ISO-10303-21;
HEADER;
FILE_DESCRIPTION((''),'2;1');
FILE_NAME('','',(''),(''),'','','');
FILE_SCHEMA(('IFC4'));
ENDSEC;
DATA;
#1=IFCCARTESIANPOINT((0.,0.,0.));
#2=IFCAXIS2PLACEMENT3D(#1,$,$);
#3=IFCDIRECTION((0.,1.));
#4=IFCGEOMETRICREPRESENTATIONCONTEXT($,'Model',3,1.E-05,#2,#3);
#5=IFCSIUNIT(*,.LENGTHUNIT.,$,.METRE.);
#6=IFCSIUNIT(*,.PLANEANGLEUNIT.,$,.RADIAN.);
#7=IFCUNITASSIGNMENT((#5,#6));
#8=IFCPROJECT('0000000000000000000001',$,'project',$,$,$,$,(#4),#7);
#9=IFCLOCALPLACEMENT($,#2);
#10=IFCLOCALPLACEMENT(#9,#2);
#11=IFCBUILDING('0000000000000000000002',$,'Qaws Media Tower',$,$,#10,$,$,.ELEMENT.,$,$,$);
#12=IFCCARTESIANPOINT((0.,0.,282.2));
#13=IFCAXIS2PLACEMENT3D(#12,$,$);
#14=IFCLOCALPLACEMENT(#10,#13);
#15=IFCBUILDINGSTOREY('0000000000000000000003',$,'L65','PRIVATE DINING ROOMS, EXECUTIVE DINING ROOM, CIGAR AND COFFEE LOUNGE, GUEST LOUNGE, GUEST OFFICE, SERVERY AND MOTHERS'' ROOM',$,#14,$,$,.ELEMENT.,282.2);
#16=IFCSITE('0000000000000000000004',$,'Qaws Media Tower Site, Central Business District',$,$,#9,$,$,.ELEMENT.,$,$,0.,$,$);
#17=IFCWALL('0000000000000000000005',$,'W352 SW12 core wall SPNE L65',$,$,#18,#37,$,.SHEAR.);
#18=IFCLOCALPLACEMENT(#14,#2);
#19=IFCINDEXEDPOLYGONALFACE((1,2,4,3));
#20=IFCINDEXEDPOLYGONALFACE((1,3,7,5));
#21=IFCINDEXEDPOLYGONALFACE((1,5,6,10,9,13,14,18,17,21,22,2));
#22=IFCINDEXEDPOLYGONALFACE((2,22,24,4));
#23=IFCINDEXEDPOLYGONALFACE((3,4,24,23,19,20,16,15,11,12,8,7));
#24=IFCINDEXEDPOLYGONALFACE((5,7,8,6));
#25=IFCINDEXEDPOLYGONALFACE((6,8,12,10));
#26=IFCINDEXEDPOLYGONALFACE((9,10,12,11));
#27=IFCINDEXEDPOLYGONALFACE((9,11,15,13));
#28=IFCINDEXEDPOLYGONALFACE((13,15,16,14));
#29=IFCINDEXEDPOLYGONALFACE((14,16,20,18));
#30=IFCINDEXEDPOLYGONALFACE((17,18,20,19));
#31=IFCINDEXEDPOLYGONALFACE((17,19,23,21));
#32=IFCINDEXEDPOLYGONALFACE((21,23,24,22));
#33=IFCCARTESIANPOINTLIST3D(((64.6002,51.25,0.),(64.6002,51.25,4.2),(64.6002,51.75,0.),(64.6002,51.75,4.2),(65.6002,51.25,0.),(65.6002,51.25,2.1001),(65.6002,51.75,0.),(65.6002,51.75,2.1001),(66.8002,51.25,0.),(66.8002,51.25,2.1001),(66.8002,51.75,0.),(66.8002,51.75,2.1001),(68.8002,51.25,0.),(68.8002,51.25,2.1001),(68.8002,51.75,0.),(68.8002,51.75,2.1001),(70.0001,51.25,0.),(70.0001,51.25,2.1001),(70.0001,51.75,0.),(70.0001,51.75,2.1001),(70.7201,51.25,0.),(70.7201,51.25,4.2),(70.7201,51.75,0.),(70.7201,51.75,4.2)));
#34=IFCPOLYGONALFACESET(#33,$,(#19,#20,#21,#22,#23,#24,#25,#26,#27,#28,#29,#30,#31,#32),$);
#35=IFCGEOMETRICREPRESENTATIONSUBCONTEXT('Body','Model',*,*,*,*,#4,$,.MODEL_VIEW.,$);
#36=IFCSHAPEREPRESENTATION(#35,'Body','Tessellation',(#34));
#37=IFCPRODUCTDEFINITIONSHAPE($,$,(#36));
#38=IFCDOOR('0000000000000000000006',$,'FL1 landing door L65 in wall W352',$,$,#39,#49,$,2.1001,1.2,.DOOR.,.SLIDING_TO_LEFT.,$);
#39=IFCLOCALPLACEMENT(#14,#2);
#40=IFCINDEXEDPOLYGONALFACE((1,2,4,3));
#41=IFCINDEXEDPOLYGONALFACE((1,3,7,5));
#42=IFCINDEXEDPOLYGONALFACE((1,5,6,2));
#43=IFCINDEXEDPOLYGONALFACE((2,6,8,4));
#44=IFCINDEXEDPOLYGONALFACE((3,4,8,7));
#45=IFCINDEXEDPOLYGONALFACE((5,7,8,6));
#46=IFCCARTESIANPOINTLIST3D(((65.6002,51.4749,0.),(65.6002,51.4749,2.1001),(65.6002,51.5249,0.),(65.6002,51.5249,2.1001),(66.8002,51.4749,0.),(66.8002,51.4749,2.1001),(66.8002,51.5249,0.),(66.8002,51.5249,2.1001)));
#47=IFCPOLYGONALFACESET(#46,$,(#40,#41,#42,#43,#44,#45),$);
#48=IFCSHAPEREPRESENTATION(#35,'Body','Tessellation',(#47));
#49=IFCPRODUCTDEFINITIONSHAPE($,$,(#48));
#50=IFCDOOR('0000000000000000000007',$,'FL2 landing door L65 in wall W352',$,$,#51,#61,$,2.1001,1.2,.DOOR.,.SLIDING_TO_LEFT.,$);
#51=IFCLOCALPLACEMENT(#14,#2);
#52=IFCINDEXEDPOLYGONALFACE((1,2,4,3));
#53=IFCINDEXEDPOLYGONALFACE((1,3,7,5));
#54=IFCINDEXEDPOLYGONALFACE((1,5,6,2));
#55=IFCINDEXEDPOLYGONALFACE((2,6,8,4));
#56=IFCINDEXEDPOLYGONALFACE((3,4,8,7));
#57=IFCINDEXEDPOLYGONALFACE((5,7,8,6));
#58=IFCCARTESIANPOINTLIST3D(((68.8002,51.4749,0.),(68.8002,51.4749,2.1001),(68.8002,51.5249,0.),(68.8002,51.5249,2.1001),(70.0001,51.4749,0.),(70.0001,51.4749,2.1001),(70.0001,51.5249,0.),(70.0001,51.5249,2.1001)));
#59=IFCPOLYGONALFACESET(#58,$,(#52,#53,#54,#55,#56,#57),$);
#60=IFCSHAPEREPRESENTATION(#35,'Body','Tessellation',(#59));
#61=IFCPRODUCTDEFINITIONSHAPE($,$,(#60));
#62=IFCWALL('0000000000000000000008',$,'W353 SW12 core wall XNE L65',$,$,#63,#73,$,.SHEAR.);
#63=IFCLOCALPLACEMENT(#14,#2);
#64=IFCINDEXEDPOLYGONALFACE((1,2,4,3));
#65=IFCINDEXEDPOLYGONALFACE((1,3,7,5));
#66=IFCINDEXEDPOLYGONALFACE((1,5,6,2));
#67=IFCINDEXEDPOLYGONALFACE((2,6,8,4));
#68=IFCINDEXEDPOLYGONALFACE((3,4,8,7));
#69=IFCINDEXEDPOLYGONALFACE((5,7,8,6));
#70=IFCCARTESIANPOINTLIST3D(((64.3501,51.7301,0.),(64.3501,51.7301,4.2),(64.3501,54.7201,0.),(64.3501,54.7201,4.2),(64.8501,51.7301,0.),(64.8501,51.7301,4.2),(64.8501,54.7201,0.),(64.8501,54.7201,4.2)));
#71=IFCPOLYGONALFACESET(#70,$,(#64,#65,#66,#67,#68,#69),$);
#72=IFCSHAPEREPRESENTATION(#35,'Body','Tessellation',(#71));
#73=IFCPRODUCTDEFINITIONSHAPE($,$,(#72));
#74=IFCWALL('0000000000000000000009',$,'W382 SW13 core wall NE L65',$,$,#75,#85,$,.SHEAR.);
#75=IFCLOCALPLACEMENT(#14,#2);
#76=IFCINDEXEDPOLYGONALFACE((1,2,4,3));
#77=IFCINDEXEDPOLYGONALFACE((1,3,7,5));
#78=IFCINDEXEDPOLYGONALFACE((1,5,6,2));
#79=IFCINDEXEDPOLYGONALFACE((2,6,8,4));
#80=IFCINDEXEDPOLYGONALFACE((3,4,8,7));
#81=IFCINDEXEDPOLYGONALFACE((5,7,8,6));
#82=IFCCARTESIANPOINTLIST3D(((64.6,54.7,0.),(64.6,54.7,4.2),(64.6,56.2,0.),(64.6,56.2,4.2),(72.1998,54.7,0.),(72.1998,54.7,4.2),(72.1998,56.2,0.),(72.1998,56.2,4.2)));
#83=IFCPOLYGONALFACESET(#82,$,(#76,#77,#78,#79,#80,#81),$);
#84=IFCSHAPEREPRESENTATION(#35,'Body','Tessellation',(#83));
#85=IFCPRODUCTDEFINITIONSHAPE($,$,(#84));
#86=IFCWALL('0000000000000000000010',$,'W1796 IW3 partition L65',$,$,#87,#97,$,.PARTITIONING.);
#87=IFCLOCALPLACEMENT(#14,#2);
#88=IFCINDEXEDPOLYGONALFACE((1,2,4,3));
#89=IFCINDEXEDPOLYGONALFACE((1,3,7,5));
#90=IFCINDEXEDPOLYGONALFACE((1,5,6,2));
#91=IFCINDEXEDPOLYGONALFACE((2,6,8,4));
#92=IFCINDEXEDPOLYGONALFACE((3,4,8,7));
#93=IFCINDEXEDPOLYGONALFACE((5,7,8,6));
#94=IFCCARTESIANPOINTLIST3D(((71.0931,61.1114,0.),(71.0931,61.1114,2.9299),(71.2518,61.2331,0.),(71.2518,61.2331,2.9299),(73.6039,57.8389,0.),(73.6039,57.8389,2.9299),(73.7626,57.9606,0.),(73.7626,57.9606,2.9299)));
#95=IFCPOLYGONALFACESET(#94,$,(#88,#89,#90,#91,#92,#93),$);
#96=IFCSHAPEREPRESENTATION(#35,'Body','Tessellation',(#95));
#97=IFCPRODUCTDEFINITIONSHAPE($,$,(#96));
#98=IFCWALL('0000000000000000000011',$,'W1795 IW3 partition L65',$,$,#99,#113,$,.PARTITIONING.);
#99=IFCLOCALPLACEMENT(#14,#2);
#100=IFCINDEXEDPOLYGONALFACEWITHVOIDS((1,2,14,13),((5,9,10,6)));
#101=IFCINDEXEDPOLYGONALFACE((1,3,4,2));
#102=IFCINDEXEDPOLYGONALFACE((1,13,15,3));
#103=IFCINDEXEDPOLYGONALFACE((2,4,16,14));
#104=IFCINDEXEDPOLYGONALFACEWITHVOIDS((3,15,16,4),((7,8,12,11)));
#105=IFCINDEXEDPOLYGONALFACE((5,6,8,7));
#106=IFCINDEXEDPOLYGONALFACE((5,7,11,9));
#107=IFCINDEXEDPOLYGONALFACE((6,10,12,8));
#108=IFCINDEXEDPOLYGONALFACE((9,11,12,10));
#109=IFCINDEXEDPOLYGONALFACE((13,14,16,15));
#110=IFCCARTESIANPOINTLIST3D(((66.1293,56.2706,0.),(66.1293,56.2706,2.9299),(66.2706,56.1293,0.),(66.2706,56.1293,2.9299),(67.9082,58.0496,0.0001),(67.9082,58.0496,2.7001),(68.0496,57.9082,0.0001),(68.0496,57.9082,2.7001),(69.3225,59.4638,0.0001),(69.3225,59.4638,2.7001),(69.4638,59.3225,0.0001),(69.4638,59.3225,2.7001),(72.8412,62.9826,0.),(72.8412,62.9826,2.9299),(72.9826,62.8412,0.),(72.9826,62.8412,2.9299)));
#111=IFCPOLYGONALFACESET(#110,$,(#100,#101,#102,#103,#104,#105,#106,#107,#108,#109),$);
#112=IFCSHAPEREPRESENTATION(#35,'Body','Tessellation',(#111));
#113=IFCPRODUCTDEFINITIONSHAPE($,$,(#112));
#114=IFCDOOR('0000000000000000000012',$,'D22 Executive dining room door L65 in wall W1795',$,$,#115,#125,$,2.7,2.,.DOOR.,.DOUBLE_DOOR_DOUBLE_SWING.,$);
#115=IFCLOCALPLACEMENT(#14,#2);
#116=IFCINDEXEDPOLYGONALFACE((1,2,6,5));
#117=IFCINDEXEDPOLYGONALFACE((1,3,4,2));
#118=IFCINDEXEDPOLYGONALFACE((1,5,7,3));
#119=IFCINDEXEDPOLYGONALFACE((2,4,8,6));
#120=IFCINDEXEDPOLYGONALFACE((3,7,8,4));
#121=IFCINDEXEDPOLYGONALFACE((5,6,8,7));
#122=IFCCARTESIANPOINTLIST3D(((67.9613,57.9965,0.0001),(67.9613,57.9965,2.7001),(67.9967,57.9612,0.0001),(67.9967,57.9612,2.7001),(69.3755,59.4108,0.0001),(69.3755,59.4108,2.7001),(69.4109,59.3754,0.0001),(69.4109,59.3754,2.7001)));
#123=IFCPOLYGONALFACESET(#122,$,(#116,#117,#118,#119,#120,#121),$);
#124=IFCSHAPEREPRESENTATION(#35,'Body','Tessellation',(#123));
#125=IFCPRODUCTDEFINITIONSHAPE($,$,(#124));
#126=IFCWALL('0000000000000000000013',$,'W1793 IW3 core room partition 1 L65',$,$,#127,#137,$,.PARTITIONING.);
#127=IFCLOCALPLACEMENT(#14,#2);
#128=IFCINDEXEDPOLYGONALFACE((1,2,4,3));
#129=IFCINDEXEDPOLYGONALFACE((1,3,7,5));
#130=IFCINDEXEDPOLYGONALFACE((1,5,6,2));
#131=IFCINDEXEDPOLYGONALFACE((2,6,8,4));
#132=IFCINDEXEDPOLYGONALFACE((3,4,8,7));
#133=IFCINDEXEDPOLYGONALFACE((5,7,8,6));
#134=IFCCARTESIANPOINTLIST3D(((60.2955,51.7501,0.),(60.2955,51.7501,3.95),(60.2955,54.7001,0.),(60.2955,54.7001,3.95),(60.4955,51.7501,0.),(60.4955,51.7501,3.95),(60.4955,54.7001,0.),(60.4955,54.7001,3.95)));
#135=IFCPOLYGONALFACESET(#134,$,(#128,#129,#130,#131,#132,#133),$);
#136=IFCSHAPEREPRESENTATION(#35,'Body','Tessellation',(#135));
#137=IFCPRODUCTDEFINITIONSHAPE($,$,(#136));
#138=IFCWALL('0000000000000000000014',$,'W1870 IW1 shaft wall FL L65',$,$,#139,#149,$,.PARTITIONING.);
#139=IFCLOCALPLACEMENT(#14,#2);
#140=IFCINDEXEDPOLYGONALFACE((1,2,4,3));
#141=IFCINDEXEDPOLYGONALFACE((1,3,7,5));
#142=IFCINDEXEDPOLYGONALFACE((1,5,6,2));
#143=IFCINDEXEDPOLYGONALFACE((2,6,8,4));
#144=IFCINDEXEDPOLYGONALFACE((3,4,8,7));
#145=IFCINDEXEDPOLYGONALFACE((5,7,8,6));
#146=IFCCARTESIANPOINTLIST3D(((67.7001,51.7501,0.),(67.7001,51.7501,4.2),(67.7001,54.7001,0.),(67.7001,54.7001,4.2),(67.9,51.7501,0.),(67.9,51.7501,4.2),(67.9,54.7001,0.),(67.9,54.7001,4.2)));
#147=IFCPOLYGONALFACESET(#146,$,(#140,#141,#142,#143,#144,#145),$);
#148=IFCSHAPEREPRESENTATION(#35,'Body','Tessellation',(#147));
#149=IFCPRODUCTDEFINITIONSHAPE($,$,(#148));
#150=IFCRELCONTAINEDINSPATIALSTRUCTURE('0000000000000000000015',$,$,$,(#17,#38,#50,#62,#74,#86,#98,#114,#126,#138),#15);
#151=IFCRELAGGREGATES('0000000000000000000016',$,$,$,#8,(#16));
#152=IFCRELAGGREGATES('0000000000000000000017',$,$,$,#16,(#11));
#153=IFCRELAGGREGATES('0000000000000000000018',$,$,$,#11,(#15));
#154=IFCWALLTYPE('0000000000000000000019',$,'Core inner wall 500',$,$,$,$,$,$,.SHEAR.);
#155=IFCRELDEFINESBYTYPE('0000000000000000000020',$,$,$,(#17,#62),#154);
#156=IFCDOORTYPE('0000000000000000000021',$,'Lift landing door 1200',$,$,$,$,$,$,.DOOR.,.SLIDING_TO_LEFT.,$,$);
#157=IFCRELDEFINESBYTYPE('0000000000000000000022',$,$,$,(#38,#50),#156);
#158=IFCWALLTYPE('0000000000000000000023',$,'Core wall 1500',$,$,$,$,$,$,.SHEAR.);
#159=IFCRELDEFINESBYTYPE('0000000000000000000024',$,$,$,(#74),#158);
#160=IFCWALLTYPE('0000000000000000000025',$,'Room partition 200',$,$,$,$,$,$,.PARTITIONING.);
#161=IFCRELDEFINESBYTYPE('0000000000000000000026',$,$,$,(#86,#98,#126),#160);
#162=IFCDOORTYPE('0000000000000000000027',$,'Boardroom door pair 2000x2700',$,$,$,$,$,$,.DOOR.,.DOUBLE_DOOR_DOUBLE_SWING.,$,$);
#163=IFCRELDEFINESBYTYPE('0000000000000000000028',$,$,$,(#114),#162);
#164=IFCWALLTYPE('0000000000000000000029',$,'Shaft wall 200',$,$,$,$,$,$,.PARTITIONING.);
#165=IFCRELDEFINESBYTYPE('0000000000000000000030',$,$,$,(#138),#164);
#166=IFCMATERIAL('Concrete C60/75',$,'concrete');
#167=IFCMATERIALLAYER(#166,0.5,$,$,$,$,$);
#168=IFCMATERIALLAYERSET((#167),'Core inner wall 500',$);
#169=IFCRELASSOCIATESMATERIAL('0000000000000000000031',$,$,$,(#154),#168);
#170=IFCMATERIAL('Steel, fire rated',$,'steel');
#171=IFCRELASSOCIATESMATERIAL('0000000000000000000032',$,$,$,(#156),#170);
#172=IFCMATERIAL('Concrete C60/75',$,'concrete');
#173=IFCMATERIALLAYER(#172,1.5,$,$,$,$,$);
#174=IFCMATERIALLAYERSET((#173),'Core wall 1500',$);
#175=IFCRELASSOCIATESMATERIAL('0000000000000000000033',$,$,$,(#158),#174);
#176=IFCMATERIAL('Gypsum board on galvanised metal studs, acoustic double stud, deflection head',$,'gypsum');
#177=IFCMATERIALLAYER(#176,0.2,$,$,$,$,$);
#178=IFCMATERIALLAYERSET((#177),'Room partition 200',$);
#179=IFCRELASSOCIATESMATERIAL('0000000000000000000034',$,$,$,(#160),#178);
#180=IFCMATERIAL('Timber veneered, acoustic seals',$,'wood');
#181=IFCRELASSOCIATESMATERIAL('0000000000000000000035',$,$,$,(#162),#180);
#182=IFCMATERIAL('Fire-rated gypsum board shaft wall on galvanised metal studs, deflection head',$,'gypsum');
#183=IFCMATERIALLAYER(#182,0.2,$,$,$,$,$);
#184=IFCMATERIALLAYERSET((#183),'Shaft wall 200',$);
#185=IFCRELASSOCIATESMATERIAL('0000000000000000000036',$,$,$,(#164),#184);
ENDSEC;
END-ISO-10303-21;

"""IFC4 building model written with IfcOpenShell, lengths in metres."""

from ifc_helpers import new_model, si_unit, direction, frame, frame_2d, origin, place, context, subcontext, project, spatial, rectangle, extrude, material, layer, layer_set, type_object, element, fill, save


model = new_model("IFC4")

# Units and contexts
model_context = context("Model", 3, precision=1e-05, world=origin(), true_north=direction((0.0, 1.0)))
body_context = subcontext(model_context, "Body", "Model", "MODEL_VIEW")
ifc_project = project(units=[si_unit("LENGTHUNIT", "METRE"), si_unit("PLANEANGLEUNIT", "RADIAN")], contexts=[model_context])

# Site, building, storey
site_placement = place(None, origin())
site = spatial("IfcSite", under=ifc_project, at=site_placement, Name="Qaws Media Tower Site, Central Business District", CompositionType="ELEMENT", RefElevation=0.0)
building_placement = place(site_placement, origin())
building = spatial("IfcBuilding", under=site, at=building_placement, Name="Qaws Media Tower", CompositionType="ELEMENT")
storey_placement = place(building_placement, frame((0.0, 0.0, 282.2)))
storey = spatial("IfcBuildingStorey", under=building, at=storey_placement, Name="L65", Description="PRIVATE DINING ROOMS, EXECUTIVE DINING ROOM, CIGAR AND COFFEE LOUNGE, GUEST LOUNGE, GUEST OFFICE, SERVERY AND MOTHERS' ROOM", CompositionType="ELEMENT", Elevation=282.2)

# Wall, openings, doors
ifc_material_1 = material(Name="Concrete C60/75", Category="concrete")
ifc_layer_1 = layer(ifc_material_1, 0.5)
ifc_layer_set_1 = layer_set([ifc_layer_1], Name="Core inner wall 500")
wall_type_1 = type_object("IfcWallType", Name="Core inner wall 500", PredefinedType="SHEAR", material=ifc_layer_set_1)
wall_1_placement = place(storey_placement, frame((64.6001, 51.5, 0.0), z_axis=(0.0, 0.0, 1.0), x_axis=(1.0, 0.0, 0.0)))
wall_1 = element("IfcWall", 1, at=wall_1_placement, inside=storey, type_object=wall_type_1, Name="W352 SW12 core wall SPNE L65", PredefinedType="SHEAR", context=body_context, shape_type="SweptSolid", body=[
    extrude(rectangle(XDim=6.1199, YDim=0.5, at=frame_2d((3.0601, 0.0))), origin(), (0.0, 0.0, 1.0), 4.2),
])
opening_1_placement = place(wall_1_placement, frame((1.0, 0.0, 0.0)))
opening_1 = element("IfcOpeningElement", 2, at=opening_1_placement, cuts=wall_1, PredefinedType="OPENING", context=body_context, shape_type="SweptSolid", body=[
    extrude(rectangle(XDim=1.2, YDim=2.1001, at=frame_2d((0.6001, 1.05))), frame((0.0, 0.26, 0.0), z_axis=(0.0, -1.0, 0.0), x_axis=(1.0, 0.0, 0.0)), (0.0, 0.0, 1.0), 0.52),
])
opening_2_placement = place(wall_1_placement, frame((4.2, 0.0, 0.0)))
opening_2 = element("IfcOpeningElement", 3, at=opening_2_placement, cuts=wall_1, PredefinedType="OPENING", context=body_context, shape_type="SweptSolid", body=[
    extrude(rectangle(XDim=1.2, YDim=2.1001, at=frame_2d((0.6001, 1.05))), frame((0.0, 0.26, 0.0), z_axis=(0.0, -1.0, 0.0), x_axis=(1.0, 0.0, 0.0)), (0.0, 0.0, 1.0), 0.52),
])
ifc_material_2 = material(Name="Steel, fire rated", Category="steel")
door_type_1 = type_object("IfcDoorType", Name="Lift landing door 1200", OperationType="SLIDING_TO_LEFT", PredefinedType="DOOR", material=ifc_material_2)
door_1_placement = place(opening_1_placement, origin())
door_1 = element("IfcDoor", 4, at=door_1_placement, inside=storey, type_object=door_type_1, Name="FL1 landing door L65 in wall W352", OperationType="SLIDING_TO_LEFT", OverallHeight=2.1001, OverallWidth=1.2, PredefinedType="DOOR", context=body_context, shape_type="SweptSolid", body=[
    extrude(rectangle(XDim=1.2, YDim=2.1001, at=frame_2d((0.6001, 1.05))), frame((0.0, 0.0249, 0.0), z_axis=(0.0, -1.0, 0.0), x_axis=(1.0, 0.0, 0.0)), (0.0, 0.0, 1.0), 0.05),
])
fill(opening_1, door_1)
door_2_placement = place(opening_2_placement, origin())
door_2 = element("IfcDoor", 5, at=door_2_placement, inside=storey, type_object=door_type_1, Name="FL2 landing door L65 in wall W352", OperationType="SLIDING_TO_LEFT", OverallHeight=2.1001, OverallWidth=1.2, PredefinedType="DOOR", context=body_context, shape_type="SweptSolid", body=[
    extrude(rectangle(XDim=1.2, YDim=2.1001, at=frame_2d((0.6001, 1.05))), frame((0.0, 0.0249, 0.0), z_axis=(0.0, -1.0, 0.0), x_axis=(1.0, 0.0, 0.0)), (0.0, 0.0, 1.0), 0.05),
])
fill(opening_2, door_2)

# Walls
wall_2_placement = place(storey_placement, frame((64.6001, 51.73, 0.0), z_axis=(0.0, 0.0, 1.0), x_axis=(0.0, 1.0, 0.0)))
element("IfcWall", 6, at=wall_2_placement, inside=storey, type_object=wall_type_1, Name="W353 SW12 core wall XNE L65", PredefinedType="SHEAR", context=body_context, shape_type="SweptSolid", body=[
    extrude(rectangle(XDim=2.99, YDim=0.5, at=frame_2d((1.4951, 0.0))), origin(), (0.0, 0.0, 1.0), 4.2),
])
ifc_material_3 = material(Name="Concrete C60/75", Category="concrete")
ifc_layer_2 = layer(ifc_material_3, 1.5)
ifc_layer_set_2 = layer_set([ifc_layer_2], Name="Core wall 1500")
wall_type_2 = type_object("IfcWallType", Name="Core wall 1500", PredefinedType="SHEAR", material=ifc_layer_set_2)
wall_3_placement = place(storey_placement, frame((64.6001, 55.45, 0.0), z_axis=(0.0, 0.0, 1.0), x_axis=(1.0, 0.0, 0.0)))
element("IfcWall", 7, at=wall_3_placement, inside=storey, type_object=wall_type_2, Name="W382 SW13 core wall NE L65", PredefinedType="SHEAR", context=body_context, shape_type="SweptSolid", body=[
    extrude(rectangle(XDim=7.5999, YDim=1.5, at=frame_2d((3.7998, 0.0))), origin(), (0.0, 0.0, 1.0), 4.2),
])
ifc_material_4 = material(Name="Gypsum board on galvanised metal studs, acoustic double stud, deflection head", Category="gypsum")
ifc_layer_3 = layer(ifc_material_4, 0.2)
ifc_layer_set_3 = layer_set([ifc_layer_3], Name="Room partition 200")
wall_type_3 = type_object("IfcWallType", Name="Room partition 200", PredefinedType="PARTITIONING", material=ifc_layer_set_3)
wall_4_placement = place(storey_placement, frame((71.1724, 61.1724, 0.0), z_axis=(0.0, 0.0, 1.0), x_axis=(0.608715, -0.793389, 0.0)))
element("IfcWall", 8, at=wall_4_placement, inside=storey, type_object=wall_type_3, Name="W1796 IW3 partition L65", PredefinedType="PARTITIONING", context=body_context, shape_type="SweptSolid", body=[
    extrude(rectangle(XDim=4.1248, YDim=0.2, at=frame_2d((2.0625, 0.0))), origin(), (0.0, 0.0, 1.0), 2.9299),
])

# Wall, opening, door
wall_5_placement = place(storey_placement, frame((66.2, 56.2, 0.0), z_axis=(0.0, 0.0, 1.0), x_axis=(0.707107, 0.707107, 0.0)))
wall_5 = element("IfcWall", 9, at=wall_5_placement, inside=storey, type_object=wall_type_3, Name="W1795 IW3 partition L65", PredefinedType="PARTITIONING", context=body_context, shape_type="SweptSolid", body=[
    extrude(rectangle(XDim=9.4922, YDim=0.2, at=frame_2d((4.7461, 0.0))), origin(), (0.0, 0.0, 1.0), 2.9299),
])
opening_3_placement = place(wall_5_placement, frame((2.5159, 0.0, 0.0)))
opening_3 = element("IfcOpeningElement", 10, at=opening_3_placement, cuts=wall_5, PredefinedType="OPENING", context=body_context, shape_type="SweptSolid", body=[
    extrude(rectangle(XDim=2.0, YDim=2.7, at=frame_2d((1.0, 1.3501))), frame((0.0, 0.1099, 0.0), z_axis=(0.0, -1.0, 0.0), x_axis=(1.0, 0.0, 0.0)), (0.0, 0.0, 1.0), 0.22),
])
ifc_material_5 = material(Name="Timber veneered, acoustic seals", Category="wood")
door_type_2 = type_object("IfcDoorType", Name="Boardroom door pair 2000x2700", OperationType="DOUBLE_DOOR_DOUBLE_SWING", PredefinedType="DOOR", material=ifc_material_5)
door_3_placement = place(opening_3_placement, origin())
door_3 = element("IfcDoor", 11, at=door_3_placement, inside=storey, type_object=door_type_2, Name="D22 Executive dining room door L65 in wall W1795", OperationType="DOUBLE_DOOR_DOUBLE_SWING", OverallHeight=2.7, OverallWidth=2.0, PredefinedType="DOOR", context=body_context, shape_type="SweptSolid", body=[
    extrude(rectangle(XDim=2.0, YDim=2.7, at=frame_2d((1.0, 1.3501))), frame((0.0, 0.0249, 0.0), z_axis=(0.0, -1.0, 0.0), x_axis=(1.0, 0.0, 0.0)), (0.0, 0.0, 1.0), 0.05),
])
fill(opening_3, door_3)

# Walls
wall_6_placement = place(storey_placement, frame((60.3955, 51.75, 0.0), z_axis=(0.0, 0.0, 1.0), x_axis=(0.0, 1.0, 0.0)))
element("IfcWall", 12, at=wall_6_placement, inside=storey, type_object=wall_type_3, Name="W1793 IW3 core room partition 1 L65", PredefinedType="PARTITIONING", context=body_context, shape_type="SweptSolid", body=[
    extrude(rectangle(XDim=2.95, YDim=0.2, at=frame_2d((1.4751, 0.0))), origin(), (0.0, 0.0, 1.0), 3.95),
])
ifc_material_6 = material(Name="Fire-rated gypsum board shaft wall on galvanised metal studs, deflection head", Category="gypsum")
ifc_layer_4 = layer(ifc_material_6, 0.2)
ifc_layer_set_4 = layer_set([ifc_layer_4], Name="Shaft wall 200")
wall_type_4 = type_object("IfcWallType", Name="Shaft wall 200", PredefinedType="PARTITIONING", material=ifc_layer_set_4)
wall_7_placement = place(storey_placement, frame((67.8, 51.75, 0.0), z_axis=(0.0, 0.0, 1.0), x_axis=(0.0, 1.0, 0.0)))
element("IfcWall", 13, at=wall_7_placement, inside=storey, type_object=wall_type_4, Name="W1870 IW1 shaft wall FL L65", PredefinedType="PARTITIONING", context=body_context, shape_type="SweptSolid", body=[
    extrude(rectangle(XDim=2.95, YDim=0.2, at=frame_2d((1.4751, 0.0))), origin(), (0.0, 0.0, 1.0), 4.2),
])

save(model, "model.ifc")
